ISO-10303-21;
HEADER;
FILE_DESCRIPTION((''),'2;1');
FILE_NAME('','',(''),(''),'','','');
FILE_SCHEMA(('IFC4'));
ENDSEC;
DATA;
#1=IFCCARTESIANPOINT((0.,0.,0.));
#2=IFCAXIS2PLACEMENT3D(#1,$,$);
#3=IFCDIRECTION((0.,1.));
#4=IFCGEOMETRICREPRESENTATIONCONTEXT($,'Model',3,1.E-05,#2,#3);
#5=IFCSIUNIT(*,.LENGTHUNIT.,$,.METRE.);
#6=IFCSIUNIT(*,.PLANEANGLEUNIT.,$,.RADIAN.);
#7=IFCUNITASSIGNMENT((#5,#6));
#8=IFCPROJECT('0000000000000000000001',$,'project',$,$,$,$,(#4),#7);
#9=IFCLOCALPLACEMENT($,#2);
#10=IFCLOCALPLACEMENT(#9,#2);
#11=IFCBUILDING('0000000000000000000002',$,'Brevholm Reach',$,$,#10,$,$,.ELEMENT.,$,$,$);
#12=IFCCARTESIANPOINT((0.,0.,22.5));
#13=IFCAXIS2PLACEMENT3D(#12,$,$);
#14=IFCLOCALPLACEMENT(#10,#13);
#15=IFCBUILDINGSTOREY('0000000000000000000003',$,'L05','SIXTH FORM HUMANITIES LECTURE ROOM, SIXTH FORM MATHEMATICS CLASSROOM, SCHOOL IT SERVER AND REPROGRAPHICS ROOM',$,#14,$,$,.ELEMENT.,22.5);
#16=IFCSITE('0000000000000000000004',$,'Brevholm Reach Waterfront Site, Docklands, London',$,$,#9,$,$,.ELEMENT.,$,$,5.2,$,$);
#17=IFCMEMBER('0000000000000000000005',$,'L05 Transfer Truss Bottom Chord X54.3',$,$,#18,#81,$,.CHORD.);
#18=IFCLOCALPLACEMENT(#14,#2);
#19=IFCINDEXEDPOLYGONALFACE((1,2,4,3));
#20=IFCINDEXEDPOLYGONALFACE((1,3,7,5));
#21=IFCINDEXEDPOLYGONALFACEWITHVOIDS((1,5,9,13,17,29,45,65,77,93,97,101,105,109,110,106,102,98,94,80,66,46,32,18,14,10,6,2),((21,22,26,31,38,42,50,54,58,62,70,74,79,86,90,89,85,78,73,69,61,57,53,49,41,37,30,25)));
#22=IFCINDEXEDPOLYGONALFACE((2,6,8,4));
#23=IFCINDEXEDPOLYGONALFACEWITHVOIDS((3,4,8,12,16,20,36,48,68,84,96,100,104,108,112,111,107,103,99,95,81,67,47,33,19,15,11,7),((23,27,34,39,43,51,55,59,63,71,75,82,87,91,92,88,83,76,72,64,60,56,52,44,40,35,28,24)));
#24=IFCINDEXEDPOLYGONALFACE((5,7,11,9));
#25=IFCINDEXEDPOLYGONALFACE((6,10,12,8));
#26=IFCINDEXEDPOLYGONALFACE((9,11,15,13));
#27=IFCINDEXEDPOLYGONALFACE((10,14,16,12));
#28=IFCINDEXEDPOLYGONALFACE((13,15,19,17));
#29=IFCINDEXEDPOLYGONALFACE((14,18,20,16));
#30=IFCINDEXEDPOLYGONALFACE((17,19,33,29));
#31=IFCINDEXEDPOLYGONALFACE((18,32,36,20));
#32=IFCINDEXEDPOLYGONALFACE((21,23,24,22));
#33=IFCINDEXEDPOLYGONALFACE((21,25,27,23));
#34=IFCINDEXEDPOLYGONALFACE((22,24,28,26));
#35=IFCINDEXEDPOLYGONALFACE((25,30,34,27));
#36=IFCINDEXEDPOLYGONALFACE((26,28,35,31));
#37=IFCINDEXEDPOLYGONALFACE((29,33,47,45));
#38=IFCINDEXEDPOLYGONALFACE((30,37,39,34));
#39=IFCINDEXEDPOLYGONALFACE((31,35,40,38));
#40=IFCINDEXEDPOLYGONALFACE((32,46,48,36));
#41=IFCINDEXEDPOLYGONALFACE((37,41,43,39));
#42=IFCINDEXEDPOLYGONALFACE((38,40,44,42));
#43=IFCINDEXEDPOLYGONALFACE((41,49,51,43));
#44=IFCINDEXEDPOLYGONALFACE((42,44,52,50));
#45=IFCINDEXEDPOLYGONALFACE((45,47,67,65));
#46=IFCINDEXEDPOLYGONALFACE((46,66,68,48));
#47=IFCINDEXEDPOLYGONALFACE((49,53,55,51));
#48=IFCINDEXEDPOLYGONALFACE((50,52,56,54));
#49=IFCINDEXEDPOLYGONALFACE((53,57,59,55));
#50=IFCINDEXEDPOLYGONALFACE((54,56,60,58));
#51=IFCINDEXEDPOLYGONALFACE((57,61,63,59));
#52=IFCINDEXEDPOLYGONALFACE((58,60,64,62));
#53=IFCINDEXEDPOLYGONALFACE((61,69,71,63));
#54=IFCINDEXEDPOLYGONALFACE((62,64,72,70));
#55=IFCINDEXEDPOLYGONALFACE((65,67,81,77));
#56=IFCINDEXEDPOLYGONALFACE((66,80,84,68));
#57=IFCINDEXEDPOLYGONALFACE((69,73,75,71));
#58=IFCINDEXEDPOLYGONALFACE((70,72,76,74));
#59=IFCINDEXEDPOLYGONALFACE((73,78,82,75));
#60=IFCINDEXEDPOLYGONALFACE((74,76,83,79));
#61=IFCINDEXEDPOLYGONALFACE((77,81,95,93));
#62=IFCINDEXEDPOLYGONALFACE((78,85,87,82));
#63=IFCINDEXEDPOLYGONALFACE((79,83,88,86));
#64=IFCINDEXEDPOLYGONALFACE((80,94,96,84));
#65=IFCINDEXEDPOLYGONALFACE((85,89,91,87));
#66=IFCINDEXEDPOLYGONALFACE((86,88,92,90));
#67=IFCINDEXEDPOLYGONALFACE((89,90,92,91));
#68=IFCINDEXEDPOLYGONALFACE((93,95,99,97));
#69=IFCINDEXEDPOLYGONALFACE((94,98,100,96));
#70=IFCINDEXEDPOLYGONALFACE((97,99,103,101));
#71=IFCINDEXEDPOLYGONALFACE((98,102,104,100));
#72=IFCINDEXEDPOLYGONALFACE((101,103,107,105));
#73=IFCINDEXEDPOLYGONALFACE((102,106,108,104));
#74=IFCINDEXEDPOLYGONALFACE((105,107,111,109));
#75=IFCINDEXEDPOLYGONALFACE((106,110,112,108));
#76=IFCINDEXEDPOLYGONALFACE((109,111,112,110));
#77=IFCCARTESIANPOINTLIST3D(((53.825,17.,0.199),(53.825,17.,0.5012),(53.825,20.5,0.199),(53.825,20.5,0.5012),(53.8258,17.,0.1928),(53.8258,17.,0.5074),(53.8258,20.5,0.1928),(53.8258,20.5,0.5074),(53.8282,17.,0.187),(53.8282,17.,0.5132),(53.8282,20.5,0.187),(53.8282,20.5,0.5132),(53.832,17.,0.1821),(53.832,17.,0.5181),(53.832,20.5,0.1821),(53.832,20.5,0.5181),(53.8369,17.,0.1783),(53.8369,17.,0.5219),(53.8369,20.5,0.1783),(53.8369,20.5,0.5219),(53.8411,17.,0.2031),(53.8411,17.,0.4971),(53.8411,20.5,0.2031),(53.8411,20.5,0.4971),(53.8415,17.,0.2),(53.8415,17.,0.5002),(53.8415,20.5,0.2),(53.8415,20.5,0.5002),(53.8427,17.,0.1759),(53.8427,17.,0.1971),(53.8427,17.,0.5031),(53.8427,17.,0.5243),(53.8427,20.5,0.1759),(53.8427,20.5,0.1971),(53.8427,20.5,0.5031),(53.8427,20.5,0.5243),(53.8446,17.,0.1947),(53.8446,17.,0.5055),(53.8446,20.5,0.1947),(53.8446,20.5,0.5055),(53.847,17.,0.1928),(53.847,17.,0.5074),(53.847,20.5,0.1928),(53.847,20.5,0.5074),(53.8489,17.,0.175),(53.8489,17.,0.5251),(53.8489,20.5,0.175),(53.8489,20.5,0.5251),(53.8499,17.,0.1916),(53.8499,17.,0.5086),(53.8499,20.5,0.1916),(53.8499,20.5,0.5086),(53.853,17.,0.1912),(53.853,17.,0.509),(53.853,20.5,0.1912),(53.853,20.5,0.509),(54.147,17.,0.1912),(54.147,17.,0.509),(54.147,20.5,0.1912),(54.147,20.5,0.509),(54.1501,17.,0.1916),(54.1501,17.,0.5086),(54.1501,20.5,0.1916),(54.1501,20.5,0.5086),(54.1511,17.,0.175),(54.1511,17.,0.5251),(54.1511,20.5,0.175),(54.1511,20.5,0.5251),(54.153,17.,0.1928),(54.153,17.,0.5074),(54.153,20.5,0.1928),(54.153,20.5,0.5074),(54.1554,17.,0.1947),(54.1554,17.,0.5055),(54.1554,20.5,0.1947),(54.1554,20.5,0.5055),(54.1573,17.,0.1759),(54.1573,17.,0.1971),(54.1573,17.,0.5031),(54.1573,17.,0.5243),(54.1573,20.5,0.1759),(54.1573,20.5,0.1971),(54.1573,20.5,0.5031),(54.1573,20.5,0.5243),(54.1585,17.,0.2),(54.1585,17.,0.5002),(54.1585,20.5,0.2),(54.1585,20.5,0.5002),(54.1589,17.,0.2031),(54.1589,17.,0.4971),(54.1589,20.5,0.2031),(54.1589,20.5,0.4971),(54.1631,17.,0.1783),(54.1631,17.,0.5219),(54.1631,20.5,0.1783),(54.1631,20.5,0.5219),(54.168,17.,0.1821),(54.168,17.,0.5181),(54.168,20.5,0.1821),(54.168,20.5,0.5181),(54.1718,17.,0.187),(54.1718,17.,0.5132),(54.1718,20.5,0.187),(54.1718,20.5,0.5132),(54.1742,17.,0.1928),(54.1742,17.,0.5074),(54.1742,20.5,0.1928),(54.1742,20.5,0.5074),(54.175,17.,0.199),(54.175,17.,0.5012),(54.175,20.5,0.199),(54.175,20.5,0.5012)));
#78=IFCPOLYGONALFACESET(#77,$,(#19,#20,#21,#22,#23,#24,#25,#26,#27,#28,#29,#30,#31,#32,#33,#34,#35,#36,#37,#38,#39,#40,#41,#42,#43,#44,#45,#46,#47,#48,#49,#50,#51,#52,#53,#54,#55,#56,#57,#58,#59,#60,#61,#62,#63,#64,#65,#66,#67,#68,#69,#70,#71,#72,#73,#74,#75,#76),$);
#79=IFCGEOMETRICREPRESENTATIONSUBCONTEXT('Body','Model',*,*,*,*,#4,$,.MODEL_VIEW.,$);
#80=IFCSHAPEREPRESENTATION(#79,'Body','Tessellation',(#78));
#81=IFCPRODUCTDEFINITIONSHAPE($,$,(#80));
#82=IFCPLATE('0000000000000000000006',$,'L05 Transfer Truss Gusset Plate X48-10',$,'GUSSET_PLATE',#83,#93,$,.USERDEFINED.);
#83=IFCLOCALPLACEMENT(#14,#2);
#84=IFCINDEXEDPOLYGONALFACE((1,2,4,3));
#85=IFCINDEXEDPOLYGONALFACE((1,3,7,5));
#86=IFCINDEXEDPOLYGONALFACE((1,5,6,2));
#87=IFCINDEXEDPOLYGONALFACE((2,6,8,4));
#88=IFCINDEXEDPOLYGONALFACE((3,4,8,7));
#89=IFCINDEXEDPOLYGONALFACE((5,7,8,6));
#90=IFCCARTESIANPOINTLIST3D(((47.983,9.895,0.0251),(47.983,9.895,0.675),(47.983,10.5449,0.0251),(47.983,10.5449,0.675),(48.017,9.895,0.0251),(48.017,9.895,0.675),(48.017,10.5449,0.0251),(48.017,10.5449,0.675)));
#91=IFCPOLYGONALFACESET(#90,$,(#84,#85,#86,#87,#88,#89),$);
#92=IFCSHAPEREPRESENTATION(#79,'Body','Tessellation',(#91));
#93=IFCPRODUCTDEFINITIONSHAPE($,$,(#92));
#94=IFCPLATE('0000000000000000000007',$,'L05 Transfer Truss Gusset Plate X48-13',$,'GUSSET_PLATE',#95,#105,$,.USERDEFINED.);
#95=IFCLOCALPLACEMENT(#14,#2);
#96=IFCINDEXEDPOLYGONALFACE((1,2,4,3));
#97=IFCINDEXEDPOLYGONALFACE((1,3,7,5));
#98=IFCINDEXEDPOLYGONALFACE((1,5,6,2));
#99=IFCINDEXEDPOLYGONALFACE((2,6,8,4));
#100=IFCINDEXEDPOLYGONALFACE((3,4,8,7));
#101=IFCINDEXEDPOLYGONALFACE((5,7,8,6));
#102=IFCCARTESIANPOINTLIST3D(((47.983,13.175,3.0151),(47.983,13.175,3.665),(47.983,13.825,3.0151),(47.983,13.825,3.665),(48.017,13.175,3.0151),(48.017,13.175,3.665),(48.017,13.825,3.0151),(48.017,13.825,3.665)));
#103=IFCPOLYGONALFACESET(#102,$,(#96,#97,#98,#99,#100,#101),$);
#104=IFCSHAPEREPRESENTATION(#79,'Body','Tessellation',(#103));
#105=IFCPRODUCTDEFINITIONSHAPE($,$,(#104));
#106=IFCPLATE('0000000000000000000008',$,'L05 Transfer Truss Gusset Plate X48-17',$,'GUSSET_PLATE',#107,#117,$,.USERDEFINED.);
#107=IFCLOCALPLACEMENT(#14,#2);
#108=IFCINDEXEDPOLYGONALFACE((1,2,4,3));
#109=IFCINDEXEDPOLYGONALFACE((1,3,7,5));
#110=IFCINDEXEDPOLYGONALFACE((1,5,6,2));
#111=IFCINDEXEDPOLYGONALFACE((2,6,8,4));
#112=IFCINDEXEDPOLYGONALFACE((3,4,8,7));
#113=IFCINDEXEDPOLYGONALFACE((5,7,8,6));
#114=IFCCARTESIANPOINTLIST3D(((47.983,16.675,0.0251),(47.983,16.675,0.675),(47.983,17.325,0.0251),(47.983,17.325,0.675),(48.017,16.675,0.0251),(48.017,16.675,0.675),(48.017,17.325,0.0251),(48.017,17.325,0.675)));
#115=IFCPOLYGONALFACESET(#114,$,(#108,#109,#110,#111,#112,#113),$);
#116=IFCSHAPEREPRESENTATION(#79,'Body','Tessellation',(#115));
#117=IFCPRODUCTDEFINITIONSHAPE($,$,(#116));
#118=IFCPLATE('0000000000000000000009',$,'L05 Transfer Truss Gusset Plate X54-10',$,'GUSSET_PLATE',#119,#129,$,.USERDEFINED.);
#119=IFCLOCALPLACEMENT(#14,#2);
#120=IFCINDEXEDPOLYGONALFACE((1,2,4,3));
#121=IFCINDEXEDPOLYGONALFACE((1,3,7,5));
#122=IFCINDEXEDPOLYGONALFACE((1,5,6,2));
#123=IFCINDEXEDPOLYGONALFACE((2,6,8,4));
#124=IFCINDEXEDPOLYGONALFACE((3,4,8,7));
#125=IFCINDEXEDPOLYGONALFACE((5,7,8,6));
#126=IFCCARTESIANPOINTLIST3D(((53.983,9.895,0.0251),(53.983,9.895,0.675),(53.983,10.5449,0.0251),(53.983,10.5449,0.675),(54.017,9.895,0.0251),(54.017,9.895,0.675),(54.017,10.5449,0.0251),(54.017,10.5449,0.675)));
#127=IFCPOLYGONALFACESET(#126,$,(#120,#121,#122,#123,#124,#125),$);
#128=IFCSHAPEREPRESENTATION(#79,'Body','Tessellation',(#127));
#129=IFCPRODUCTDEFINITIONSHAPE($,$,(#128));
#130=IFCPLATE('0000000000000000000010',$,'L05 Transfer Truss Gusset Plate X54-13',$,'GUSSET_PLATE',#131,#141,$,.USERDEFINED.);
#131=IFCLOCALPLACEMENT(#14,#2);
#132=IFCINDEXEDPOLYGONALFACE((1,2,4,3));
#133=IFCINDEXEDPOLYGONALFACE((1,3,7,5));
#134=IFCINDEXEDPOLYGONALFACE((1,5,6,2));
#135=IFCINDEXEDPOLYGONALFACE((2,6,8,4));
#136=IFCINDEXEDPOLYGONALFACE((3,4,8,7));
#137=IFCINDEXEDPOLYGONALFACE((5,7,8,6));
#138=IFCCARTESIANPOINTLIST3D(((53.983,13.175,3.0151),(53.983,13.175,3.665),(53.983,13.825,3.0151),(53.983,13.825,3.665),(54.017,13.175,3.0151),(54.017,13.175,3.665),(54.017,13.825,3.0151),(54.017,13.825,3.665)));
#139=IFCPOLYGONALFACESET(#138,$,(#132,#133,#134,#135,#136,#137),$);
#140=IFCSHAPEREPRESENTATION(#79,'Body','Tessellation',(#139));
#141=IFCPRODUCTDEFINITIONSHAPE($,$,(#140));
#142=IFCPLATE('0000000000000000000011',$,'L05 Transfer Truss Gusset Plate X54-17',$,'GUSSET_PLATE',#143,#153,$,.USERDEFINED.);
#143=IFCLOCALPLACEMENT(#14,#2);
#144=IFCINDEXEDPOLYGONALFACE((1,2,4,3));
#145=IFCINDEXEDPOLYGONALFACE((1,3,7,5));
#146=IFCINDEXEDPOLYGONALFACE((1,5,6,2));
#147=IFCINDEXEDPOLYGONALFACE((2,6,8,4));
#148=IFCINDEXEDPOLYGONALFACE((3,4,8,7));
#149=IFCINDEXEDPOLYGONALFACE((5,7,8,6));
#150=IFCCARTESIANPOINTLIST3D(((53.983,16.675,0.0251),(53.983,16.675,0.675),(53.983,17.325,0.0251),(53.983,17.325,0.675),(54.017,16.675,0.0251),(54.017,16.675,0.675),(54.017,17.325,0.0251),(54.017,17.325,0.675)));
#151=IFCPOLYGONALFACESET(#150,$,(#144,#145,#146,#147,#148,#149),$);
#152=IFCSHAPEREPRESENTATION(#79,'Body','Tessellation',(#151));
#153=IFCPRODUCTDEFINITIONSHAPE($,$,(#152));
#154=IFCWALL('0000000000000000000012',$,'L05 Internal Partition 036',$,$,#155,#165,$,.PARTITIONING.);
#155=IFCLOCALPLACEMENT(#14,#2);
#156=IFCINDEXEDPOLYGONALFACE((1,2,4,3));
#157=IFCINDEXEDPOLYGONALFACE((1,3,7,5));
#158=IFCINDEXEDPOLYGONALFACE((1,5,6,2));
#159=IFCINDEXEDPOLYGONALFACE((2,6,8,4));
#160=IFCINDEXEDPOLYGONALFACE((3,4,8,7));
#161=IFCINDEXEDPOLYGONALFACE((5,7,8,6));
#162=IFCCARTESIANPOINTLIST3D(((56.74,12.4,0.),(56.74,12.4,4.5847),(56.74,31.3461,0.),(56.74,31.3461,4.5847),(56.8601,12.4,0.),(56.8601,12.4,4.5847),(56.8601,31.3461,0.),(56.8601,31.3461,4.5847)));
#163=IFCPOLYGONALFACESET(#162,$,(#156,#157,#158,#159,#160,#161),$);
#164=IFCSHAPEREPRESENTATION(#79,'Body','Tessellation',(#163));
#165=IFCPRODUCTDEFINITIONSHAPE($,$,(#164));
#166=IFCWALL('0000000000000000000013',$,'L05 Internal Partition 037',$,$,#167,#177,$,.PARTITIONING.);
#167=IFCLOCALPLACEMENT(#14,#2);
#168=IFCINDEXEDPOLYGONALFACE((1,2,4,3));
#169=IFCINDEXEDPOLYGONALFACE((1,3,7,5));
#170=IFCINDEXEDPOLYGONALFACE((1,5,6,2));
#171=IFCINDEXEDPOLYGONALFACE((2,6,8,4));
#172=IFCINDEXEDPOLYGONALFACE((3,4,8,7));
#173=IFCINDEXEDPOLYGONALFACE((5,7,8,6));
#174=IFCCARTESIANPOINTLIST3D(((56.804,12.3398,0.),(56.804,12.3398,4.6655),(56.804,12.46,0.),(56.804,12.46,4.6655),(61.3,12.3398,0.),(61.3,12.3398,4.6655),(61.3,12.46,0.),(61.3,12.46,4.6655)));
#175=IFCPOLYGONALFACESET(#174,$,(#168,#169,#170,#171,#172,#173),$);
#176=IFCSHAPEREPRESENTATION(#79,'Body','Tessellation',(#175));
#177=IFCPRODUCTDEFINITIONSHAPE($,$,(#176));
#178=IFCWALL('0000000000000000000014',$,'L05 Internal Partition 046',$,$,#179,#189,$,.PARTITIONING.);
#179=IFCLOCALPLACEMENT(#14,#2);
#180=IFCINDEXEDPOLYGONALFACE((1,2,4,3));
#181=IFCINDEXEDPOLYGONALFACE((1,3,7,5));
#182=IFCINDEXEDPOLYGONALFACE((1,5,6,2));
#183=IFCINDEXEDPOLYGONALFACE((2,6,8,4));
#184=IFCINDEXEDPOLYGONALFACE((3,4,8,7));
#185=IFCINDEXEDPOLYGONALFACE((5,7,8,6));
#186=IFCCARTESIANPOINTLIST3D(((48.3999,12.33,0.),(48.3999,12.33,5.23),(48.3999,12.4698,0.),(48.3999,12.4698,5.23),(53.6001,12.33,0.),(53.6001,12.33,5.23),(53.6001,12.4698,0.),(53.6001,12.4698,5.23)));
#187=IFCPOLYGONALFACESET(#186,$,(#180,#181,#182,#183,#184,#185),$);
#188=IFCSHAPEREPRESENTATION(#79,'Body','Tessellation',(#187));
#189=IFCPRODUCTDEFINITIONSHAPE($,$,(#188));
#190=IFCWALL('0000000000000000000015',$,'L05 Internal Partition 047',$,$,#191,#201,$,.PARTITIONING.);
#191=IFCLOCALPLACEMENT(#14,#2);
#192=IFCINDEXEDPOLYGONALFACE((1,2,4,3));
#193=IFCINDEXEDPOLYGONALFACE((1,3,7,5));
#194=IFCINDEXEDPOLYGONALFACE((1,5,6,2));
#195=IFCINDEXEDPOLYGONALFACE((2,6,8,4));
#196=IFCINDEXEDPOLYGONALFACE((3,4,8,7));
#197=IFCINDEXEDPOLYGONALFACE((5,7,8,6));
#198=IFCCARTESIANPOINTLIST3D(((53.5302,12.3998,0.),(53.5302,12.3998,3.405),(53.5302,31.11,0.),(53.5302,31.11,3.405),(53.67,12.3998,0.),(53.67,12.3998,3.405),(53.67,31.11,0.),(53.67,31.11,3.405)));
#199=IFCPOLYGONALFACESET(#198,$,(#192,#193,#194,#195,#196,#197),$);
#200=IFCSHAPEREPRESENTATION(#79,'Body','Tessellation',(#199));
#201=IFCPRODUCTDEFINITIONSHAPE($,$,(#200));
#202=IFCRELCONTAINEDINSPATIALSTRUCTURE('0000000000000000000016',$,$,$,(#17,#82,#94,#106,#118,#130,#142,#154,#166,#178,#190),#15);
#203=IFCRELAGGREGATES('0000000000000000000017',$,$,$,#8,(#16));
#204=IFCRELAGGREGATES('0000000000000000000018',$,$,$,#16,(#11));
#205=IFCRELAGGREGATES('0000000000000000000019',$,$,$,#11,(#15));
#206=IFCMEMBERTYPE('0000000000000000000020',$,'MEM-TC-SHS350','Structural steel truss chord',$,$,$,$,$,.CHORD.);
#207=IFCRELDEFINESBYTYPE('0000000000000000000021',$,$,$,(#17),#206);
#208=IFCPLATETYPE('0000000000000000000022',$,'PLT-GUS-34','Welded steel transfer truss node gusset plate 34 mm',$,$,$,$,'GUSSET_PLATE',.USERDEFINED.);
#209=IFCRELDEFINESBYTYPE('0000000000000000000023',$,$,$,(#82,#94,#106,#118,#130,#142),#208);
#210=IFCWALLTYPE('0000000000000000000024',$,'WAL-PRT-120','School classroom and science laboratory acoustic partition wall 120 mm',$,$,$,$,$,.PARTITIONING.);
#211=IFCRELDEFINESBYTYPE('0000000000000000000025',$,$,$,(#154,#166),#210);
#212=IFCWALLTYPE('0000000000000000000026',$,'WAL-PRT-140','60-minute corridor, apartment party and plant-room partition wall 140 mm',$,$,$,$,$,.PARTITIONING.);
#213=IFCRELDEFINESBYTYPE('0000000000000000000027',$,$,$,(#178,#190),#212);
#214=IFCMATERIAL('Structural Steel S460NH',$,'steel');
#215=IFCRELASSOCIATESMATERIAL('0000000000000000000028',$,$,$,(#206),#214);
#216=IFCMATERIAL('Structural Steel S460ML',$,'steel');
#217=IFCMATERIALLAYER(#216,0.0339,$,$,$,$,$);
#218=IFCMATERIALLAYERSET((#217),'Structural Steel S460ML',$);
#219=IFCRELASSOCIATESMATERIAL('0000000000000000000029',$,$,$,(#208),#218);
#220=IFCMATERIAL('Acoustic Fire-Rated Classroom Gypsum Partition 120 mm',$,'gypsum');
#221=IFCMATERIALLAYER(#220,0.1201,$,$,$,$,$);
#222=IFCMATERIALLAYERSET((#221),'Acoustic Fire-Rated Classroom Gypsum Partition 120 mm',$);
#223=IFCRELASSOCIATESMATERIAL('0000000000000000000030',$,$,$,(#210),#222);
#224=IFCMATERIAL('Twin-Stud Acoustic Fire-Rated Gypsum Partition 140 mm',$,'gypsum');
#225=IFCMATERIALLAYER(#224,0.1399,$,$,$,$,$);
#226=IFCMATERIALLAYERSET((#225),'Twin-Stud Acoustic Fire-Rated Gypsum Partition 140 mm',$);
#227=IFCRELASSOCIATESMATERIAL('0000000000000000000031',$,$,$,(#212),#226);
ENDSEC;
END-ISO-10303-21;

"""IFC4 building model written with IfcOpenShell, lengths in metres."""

from ifc_helpers import new_model, si_unit, direction, frame, frame_2d, origin, origin_2d, place, context, subcontext, project, spatial, rectangle, hollow_rectangle, extrude, material, layer, layer_set, material_profile, profile_set, type_object, element, save


model = new_model("IFC4")

# Units and contexts
model_context = context("Model", 3, precision=1e-05, world=origin(), true_north=direction((0.0, 1.0)))
body_context = subcontext(model_context, "Body", "Model", "MODEL_VIEW")
ifc_project = project(units=[si_unit("LENGTHUNIT", "METRE"), si_unit("PLANEANGLEUNIT", "RADIAN")], contexts=[model_context])

# Site, building, storey
site_placement = place(None, origin())
site = spatial("IfcSite", under=ifc_project, at=site_placement, Name="Brevholm Reach Waterfront Site, Docklands, London", CompositionType="ELEMENT", RefElevation=5.2)
building_placement = place(site_placement, origin())
building = spatial("IfcBuilding", under=site, at=building_placement, Name="Brevholm Reach", CompositionType="ELEMENT")
storey_placement = place(building_placement, frame((0.0, 0.0, 22.5)))
storey = spatial("IfcBuildingStorey", under=building, at=storey_placement, Name="L05", Description="SIXTH FORM HUMANITIES LECTURE ROOM, SIXTH FORM MATHEMATICS CLASSROOM, SCHOOL IT SERVER AND REPROGRAPHICS ROOM", CompositionType="ELEMENT", Elevation=22.5)

# Member
ifc_material_1 = material(Name="Structural Steel S460NH", Category="steel")
ifc_material_profile_1 = material_profile(ifc_material_1, hollow_rectangle(XDim=0.3501, YDim=0.3501, WallThickness=0.0161, InnerFilletRadius=0.012, OuterFilletRadius=0.0239, at=origin_2d()), Name="SHS 350x350x16")
ifc_profile_set_1 = profile_set([ifc_material_profile_1], Name="Structural Steel S460NH")
member_type_1 = type_object("IfcMemberType", Name="MEM-TC-SHS350", Description="Structural steel truss chord", PredefinedType="CHORD", material=ifc_profile_set_1)
for number, where, z_axis, x_axis, name in (
    (1, (54.0, 17.0, 0.3501), (0.0, 1.0, 0.0), (-1.0, 0.0, 0.0), "L05 Transfer Truss Bottom Chord X54.3"),
):
    element("IfcMember", number, at=place(storey_placement, frame(where, z_axis=z_axis, x_axis=x_axis)), inside=storey, type_object=member_type_1, Name=name, PredefinedType="CHORD", context=body_context, shape_type="SweptSolid", body=[
        extrude(hollow_rectangle(XDim=0.3501, YDim=0.3501, WallThickness=0.0161, InnerFilletRadius=0.012, OuterFilletRadius=0.0239, at=origin_2d()), origin(), (0.0, 0.0, 1.0), 3.5),
    ])

# Plates
ifc_material_2 = material(Name="Structural Steel S460ML", Category="steel")
ifc_layer_1 = layer(ifc_material_2, 0.0339)
ifc_layer_set_1 = layer_set([ifc_layer_1], Name="Structural Steel S460ML")
plate_type = type_object("IfcPlateType", Name="PLT-GUS-34", Description="Welded steel transfer truss node gusset plate 34 mm", ElementType="GUSSET_PLATE", PredefinedType="USERDEFINED", material=ifc_layer_set_1)
for number, where, z_axis, x_axis, name in (
    (2, (48.0, 10.22, 0.0251), (0.0, 0.0, 1.0), (1.0, 0.0, 0.0), "L05 Transfer Truss Gusset Plate X48-10"),
    (3, (48.0, 13.5, 3.0151), (0.0, 0.0, 1.0), (1.0, 0.0, 0.0), "L05 Transfer Truss Gusset Plate X48-13"),
    (4, (48.0, 17.0, 0.0251), (0.0, 0.0, 1.0), (1.0, 0.0, 0.0), "L05 Transfer Truss Gusset Plate X48-17"),
    (5, (54.0, 10.22, 0.0251), (0.0, 0.0, 1.0), (1.0, 0.0, 0.0), "L05 Transfer Truss Gusset Plate X54-10"),
    (6, (54.0, 13.5, 3.0151), (0.0, 0.0, 1.0), (1.0, 0.0, 0.0), "L05 Transfer Truss Gusset Plate X54-13"),
    (7, (54.0, 17.0, 0.0251), (0.0, 0.0, 1.0), (1.0, 0.0, 0.0), "L05 Transfer Truss Gusset Plate X54-17"),
):
    element("IfcPlate", number, at=place(storey_placement, frame(where, z_axis=z_axis, x_axis=x_axis)), inside=storey, type_object=plate_type, Name=name, ObjectType="GUSSET_PLATE", PredefinedType="USERDEFINED", context=body_context, shape_type="SweptSolid", body=[
        extrude(rectangle(XDim=0.0339, YDim=0.6499, at=origin_2d()), origin(), (0.0, 0.0, 1.0), 0.6499),
    ])

# Walls
ifc_material_3 = material(Name="Acoustic Fire-Rated Classroom Gypsum Partition 120 mm", Category="gypsum")
ifc_layer_2 = layer(ifc_material_3, 0.1201)
ifc_layer_set_2 = layer_set([ifc_layer_2], Name="Acoustic Fire-Rated Classroom Gypsum Partition 120 mm")
wall_type_1 = type_object("IfcWallType", Name="WAL-PRT-120", Description="School classroom and science laboratory acoustic partition wall 120 mm", PredefinedType="PARTITIONING", material=ifc_layer_set_2)
wall_1_placement = place(storey_placement, frame((56.8, 12.3999, 0.0), z_axis=(0.0, 0.0, 1.0), x_axis=(0.0, 1.0, 0.0)))
element("IfcWall", 8, at=wall_1_placement, inside=storey, type_object=wall_type_1, Name="L05 Internal Partition 036", PredefinedType="PARTITIONING", context=body_context, shape_type="SweptSolid", body=[
    extrude(rectangle(XDim=18.946, YDim=0.1201, at=frame_2d((9.4731, 0.0))), origin(), (0.0, 0.0, 1.0), 4.5847),
])
wall_2_placement = place(storey_placement, frame((56.804, 12.3999, 0.0), z_axis=(0.0, 0.0, 1.0), x_axis=(1.0, 0.0, 0.0)))
element("IfcWall", 9, at=wall_2_placement, inside=storey, type_object=wall_type_1, Name="L05 Internal Partition 037", PredefinedType="PARTITIONING", context=body_context, shape_type="SweptSolid", body=[
    extrude(rectangle(XDim=4.4961, YDim=0.1201, at=frame_2d((2.248, 0.0))), origin(), (0.0, 0.0, 1.0), 4.6655),
])
ifc_material_4 = material(Name="Twin-Stud Acoustic Fire-Rated Gypsum Partition 140 mm", Category="gypsum")
ifc_layer_3 = layer(ifc_material_4, 0.1399)
ifc_layer_set_3 = layer_set([ifc_layer_3], Name="Twin-Stud Acoustic Fire-Rated Gypsum Partition 140 mm")
wall_type_2 = type_object("IfcWallType", Name="WAL-PRT-140", Description="60-minute corridor, apartment party and plant-room partition wall 140 mm", PredefinedType="PARTITIONING", material=ifc_layer_set_3)
wall_3_placement = place(storey_placement, frame((48.3999, 12.3999, 0.0), z_axis=(0.0, 0.0, 1.0), x_axis=(1.0, 0.0, 0.0)))
element("IfcWall", 10, at=wall_3_placement, inside=storey, type_object=wall_type_2, Name="L05 Internal Partition 046", PredefinedType="PARTITIONING", context=body_context, shape_type="SweptSolid", body=[
    extrude(rectangle(XDim=5.2002, YDim=0.1399, at=frame_2d((2.6001, 0.0))), origin(), (0.0, 0.0, 1.0), 5.23),
])
for number, where, z_axis, x_axis, name in (
    (11, (53.6001, 12.3999, 0.0), (0.0, 0.0, 1.0), (0.0, 1.0, 0.0), "L05 Internal Partition 047"),
):
    element("IfcWall", number, at=place(storey_placement, frame(where, z_axis=z_axis, x_axis=x_axis)), inside=storey, type_object=wall_type_2, Name=name, PredefinedType="PARTITIONING", context=body_context, shape_type="SweptSolid", body=[
        extrude(rectangle(XDim=18.7102, YDim=0.1399, at=frame_2d((9.355, 0.0))), origin(), (0.0, 0.0, 1.0), 3.405),
    ])

save(model, "model.ifc")
